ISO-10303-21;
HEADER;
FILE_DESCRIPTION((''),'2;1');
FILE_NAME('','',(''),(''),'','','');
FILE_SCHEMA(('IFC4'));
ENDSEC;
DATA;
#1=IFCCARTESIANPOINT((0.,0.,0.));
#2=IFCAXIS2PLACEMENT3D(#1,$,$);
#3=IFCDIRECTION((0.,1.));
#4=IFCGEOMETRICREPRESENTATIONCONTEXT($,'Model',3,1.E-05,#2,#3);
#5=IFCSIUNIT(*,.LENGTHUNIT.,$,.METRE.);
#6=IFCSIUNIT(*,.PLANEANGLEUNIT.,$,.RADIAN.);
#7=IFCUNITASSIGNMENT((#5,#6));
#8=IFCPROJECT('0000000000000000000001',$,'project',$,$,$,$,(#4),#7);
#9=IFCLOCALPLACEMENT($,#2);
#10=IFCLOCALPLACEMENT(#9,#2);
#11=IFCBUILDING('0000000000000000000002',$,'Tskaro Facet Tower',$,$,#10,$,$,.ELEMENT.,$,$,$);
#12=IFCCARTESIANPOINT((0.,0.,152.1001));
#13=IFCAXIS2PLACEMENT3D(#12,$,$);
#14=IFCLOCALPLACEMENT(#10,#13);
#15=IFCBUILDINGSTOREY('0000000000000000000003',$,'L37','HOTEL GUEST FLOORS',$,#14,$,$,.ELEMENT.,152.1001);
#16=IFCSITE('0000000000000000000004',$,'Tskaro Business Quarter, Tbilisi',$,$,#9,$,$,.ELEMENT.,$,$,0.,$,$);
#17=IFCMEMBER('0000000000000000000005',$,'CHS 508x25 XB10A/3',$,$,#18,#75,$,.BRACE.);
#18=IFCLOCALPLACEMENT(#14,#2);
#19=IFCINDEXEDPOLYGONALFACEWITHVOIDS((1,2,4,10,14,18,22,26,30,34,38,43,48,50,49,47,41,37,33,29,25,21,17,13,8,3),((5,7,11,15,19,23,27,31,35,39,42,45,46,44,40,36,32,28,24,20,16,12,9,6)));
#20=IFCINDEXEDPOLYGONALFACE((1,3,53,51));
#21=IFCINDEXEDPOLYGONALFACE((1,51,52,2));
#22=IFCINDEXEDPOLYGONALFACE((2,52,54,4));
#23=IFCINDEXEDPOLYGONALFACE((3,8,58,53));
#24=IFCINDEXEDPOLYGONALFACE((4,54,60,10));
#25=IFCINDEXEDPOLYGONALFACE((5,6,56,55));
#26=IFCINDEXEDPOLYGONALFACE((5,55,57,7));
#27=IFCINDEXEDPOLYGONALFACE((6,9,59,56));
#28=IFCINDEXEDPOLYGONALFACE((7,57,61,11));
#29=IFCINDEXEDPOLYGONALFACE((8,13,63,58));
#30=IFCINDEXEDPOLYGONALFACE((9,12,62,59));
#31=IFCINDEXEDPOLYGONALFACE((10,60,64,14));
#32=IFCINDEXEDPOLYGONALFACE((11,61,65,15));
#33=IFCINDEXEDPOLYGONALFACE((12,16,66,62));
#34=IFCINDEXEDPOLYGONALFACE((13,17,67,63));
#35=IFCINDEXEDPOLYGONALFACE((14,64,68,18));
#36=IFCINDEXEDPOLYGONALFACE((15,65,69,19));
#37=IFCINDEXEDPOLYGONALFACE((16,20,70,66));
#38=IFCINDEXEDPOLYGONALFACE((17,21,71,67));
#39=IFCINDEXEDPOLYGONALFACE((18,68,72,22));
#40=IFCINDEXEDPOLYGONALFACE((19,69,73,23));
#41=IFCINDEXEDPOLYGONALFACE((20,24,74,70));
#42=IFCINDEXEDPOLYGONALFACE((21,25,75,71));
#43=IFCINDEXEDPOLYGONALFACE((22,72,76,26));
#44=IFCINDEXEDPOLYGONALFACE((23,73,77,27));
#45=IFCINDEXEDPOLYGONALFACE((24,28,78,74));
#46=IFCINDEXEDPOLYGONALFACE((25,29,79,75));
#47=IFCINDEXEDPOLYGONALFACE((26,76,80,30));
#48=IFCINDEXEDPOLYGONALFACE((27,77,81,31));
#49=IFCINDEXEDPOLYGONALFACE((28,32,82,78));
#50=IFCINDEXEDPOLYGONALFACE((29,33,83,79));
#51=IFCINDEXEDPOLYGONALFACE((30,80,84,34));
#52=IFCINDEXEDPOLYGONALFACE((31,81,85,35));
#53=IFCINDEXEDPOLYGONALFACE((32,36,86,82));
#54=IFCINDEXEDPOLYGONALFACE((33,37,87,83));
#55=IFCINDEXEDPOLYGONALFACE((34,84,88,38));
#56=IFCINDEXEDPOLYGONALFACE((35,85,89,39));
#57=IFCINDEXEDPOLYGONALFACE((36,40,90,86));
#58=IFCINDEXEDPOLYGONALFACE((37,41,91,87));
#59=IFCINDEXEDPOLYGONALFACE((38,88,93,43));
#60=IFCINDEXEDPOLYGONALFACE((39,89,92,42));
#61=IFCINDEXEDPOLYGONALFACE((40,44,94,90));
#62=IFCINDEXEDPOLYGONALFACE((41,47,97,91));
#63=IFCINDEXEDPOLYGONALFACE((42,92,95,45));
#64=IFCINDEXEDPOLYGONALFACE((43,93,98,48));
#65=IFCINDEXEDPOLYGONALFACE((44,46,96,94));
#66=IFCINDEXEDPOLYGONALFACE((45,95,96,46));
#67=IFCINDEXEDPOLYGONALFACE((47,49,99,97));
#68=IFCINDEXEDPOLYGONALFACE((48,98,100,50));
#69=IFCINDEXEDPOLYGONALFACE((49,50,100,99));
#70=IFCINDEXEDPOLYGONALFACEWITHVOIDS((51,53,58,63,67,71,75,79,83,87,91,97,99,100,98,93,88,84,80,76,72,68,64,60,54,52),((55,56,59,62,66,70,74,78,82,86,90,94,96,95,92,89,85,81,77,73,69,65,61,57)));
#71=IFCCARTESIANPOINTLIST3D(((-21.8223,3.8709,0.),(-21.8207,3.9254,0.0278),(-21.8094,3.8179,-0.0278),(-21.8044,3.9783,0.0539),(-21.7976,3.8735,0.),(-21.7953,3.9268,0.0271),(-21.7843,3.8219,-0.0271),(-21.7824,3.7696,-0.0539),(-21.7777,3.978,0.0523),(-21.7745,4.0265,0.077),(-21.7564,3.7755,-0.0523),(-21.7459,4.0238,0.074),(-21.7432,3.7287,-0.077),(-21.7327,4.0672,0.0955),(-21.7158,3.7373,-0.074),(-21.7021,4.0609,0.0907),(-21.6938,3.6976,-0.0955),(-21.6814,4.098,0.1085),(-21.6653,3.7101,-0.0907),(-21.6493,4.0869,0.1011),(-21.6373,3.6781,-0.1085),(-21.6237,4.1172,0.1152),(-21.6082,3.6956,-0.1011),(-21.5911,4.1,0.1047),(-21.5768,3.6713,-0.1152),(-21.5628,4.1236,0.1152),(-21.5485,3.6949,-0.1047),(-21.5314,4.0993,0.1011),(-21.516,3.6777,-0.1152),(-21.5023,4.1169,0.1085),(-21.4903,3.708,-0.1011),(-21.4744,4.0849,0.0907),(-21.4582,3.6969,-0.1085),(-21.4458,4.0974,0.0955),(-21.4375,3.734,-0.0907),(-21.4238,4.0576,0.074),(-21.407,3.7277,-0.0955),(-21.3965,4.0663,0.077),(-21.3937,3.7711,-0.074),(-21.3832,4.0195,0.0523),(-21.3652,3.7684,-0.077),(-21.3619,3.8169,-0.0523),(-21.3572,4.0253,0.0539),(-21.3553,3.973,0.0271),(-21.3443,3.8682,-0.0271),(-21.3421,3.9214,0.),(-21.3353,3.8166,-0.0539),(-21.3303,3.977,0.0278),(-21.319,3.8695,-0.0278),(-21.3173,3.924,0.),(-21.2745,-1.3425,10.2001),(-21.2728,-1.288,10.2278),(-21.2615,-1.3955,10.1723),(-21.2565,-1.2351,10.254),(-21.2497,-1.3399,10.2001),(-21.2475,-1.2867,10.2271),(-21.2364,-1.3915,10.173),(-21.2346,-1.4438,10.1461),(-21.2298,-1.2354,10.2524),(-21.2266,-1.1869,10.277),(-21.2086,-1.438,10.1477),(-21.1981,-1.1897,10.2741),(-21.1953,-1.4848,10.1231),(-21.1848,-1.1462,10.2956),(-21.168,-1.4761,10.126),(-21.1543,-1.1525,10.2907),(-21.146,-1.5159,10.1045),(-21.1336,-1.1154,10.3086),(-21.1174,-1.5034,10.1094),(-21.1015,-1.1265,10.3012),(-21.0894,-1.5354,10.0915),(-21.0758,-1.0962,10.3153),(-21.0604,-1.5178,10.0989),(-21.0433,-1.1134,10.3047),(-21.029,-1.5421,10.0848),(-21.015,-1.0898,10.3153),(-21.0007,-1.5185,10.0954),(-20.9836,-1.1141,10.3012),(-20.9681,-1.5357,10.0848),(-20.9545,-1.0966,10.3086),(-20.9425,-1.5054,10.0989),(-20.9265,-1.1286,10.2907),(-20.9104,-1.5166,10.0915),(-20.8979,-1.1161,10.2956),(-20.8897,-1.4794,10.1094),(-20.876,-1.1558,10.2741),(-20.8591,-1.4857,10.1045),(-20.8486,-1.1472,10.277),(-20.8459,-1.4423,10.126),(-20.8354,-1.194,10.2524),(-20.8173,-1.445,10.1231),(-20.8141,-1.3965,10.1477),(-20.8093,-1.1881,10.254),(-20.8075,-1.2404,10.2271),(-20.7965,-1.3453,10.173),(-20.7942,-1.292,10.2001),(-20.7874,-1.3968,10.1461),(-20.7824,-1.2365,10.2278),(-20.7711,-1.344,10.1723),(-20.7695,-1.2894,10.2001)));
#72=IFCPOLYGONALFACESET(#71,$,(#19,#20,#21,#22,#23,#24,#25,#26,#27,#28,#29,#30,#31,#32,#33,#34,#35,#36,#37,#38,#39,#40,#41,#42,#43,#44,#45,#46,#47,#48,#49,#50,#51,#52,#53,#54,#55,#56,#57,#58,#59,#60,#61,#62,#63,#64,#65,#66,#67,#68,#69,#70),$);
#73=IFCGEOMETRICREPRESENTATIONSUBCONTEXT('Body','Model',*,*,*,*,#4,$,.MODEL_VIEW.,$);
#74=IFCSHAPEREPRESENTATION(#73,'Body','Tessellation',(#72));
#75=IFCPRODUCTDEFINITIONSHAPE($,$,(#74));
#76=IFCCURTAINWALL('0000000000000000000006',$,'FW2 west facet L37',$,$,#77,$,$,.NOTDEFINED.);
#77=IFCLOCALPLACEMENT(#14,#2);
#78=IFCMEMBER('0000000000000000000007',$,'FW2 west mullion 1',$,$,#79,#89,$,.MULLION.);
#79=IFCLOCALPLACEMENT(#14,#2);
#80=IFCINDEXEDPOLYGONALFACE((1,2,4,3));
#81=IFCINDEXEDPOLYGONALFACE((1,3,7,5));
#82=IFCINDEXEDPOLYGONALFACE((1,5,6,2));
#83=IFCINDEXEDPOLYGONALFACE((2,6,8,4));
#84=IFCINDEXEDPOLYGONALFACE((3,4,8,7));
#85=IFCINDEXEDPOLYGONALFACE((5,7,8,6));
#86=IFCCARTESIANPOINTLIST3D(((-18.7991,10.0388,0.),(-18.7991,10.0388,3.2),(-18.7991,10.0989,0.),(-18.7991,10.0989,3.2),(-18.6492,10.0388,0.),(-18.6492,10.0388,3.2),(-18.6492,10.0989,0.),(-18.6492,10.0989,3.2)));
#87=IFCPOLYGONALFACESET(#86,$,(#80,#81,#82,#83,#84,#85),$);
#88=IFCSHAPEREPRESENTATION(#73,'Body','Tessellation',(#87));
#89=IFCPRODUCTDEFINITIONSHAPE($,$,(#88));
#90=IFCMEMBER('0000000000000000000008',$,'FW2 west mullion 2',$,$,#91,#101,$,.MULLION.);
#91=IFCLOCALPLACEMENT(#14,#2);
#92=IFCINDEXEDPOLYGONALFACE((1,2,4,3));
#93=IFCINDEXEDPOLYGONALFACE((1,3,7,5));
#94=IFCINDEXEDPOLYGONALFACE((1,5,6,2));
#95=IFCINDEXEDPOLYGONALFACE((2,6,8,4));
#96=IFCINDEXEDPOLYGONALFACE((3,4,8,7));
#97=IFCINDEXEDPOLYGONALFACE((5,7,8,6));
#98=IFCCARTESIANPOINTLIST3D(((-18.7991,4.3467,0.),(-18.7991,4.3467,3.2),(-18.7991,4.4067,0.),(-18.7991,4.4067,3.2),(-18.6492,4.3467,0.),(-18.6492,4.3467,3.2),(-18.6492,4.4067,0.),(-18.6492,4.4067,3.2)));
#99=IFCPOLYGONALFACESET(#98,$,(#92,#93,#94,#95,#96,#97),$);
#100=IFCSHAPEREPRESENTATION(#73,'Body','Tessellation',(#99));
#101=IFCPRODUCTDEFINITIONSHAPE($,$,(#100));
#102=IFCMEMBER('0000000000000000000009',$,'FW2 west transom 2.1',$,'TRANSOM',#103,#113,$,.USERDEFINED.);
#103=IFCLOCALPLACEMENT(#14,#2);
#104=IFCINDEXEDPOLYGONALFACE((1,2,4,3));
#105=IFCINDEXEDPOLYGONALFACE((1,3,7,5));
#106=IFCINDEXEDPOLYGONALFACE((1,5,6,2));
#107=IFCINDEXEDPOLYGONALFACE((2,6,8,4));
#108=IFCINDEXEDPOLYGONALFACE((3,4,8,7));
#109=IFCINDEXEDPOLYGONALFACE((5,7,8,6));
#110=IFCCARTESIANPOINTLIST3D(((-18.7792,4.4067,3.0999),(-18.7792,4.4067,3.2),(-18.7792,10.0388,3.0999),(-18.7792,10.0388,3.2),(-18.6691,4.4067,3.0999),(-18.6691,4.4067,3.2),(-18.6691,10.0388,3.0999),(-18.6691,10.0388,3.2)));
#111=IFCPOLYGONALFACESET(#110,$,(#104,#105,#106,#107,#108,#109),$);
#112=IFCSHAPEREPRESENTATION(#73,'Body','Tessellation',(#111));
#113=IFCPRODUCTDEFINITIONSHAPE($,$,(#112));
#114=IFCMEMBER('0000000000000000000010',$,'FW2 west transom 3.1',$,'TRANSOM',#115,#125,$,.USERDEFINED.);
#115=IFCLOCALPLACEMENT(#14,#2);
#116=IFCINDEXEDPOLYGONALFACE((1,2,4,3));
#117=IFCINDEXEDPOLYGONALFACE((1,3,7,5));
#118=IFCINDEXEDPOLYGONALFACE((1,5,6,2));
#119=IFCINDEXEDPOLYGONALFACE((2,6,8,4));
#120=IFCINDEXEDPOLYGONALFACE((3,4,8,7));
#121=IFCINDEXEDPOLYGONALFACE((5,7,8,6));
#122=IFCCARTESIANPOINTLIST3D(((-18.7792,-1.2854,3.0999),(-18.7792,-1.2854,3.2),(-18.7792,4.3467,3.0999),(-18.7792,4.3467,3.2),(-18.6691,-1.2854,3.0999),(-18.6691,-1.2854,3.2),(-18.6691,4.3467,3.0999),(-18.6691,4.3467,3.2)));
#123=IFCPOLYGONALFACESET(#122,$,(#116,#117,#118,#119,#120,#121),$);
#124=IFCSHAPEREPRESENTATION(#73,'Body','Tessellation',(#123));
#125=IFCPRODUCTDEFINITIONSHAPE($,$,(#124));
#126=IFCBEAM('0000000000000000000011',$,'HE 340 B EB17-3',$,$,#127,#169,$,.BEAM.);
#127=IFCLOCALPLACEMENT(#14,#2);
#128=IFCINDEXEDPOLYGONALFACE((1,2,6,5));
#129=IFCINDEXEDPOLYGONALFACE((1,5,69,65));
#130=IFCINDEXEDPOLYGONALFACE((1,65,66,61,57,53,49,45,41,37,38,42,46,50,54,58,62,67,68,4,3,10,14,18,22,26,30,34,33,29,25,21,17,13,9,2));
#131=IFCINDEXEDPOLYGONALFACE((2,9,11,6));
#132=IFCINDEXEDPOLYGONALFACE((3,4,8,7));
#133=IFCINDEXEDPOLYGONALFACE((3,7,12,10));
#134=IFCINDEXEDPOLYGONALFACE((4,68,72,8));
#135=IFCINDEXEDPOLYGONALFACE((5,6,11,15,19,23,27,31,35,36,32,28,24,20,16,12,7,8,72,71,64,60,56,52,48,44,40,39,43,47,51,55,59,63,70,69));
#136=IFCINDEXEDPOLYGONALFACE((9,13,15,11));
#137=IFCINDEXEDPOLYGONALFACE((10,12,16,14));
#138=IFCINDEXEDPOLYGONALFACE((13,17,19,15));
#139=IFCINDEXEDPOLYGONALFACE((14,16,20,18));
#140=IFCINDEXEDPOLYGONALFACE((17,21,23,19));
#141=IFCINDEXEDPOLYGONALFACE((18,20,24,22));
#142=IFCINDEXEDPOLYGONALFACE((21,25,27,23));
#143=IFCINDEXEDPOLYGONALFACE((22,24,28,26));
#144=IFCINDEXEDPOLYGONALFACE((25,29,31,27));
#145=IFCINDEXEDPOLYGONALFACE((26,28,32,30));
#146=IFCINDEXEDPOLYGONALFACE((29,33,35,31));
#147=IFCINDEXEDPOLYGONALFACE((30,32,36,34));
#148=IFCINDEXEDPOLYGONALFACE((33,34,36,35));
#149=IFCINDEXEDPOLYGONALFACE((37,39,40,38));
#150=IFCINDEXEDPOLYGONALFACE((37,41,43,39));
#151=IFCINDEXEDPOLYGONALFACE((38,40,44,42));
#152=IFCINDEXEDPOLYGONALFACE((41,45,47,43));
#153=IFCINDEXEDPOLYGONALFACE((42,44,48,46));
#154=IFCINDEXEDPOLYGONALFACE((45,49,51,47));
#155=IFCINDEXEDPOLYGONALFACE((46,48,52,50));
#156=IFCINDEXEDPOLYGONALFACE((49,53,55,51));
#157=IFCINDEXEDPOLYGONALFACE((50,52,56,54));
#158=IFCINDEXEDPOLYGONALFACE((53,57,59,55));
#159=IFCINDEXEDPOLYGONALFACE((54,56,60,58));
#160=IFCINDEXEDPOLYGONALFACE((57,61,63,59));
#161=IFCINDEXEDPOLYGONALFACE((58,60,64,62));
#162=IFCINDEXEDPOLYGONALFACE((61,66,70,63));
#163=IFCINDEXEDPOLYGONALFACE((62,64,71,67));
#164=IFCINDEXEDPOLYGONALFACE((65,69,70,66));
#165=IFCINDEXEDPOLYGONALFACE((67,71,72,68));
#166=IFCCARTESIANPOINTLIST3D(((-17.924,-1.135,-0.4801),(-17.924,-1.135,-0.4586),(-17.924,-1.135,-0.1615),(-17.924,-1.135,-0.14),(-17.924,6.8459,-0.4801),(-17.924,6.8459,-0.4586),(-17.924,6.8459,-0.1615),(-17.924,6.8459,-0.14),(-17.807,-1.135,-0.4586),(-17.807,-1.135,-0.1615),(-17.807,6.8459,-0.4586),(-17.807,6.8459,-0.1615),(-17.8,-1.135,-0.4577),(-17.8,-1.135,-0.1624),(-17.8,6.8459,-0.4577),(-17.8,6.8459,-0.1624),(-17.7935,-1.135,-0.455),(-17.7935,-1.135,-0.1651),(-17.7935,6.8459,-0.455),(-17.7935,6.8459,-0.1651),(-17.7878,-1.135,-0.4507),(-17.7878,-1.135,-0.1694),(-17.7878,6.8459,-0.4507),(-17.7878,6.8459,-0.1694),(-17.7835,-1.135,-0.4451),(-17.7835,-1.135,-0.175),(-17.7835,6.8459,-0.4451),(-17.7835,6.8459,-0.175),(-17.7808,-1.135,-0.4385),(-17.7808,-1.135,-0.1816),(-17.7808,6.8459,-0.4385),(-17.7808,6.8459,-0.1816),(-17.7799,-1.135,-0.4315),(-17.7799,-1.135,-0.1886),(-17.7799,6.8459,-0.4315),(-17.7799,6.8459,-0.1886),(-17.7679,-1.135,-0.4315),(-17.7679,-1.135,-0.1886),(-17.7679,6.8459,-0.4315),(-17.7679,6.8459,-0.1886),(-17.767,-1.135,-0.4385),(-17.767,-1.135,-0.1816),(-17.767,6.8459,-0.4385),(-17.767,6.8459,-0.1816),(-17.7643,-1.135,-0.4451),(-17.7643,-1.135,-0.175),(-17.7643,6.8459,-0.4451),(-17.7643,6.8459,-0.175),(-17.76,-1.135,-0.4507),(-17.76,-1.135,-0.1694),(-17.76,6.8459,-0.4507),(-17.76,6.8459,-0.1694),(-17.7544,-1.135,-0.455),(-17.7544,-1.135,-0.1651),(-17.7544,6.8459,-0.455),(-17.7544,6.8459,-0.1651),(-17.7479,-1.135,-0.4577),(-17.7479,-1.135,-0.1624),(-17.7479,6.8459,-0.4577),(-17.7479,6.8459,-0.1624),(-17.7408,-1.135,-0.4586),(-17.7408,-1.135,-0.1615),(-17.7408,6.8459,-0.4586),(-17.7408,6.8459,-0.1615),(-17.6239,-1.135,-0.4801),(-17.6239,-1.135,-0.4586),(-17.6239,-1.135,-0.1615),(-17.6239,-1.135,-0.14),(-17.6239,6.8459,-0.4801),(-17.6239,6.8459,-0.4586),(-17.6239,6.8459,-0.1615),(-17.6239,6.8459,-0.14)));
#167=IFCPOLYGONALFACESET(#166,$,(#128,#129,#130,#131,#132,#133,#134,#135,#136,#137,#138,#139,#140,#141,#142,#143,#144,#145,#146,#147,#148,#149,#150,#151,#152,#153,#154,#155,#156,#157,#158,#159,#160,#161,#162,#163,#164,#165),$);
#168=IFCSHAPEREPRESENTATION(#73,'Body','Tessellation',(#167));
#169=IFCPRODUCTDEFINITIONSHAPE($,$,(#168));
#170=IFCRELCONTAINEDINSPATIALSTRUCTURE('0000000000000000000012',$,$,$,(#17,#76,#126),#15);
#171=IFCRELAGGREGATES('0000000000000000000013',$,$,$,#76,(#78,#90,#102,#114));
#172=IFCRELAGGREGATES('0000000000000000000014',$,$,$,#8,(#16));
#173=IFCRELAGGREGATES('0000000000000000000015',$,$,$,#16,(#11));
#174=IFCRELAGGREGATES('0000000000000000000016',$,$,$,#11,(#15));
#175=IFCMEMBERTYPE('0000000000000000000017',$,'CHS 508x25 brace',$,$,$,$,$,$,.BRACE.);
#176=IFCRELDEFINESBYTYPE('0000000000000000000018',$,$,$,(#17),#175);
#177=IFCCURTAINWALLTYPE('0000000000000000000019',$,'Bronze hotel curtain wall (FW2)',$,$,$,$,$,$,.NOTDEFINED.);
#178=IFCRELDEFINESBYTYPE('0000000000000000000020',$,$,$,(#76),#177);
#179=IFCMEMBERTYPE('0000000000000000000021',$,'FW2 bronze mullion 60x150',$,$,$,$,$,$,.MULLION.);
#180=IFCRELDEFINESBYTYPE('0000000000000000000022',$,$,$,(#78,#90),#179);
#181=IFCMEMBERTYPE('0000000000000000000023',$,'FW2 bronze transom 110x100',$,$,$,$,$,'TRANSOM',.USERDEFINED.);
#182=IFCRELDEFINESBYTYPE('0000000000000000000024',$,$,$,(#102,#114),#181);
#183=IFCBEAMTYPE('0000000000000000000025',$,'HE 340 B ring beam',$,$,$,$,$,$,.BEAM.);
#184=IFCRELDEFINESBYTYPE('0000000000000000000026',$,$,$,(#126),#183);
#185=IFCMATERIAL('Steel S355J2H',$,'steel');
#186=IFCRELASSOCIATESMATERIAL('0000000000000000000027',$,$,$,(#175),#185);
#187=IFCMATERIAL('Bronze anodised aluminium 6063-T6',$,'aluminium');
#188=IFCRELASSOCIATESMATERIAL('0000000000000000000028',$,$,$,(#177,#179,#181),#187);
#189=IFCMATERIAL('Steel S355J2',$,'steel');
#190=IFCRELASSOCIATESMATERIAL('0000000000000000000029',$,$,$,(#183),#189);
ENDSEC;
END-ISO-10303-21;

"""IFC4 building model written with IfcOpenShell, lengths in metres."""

from ifc_helpers import new_model, si_unit, direction, frame, origin, origin_2d, place, context, subcontext, project, spatial, rectangle, hollow_circle, i_section, extrude, material, material_profile, profile_set, type_object, element, aggregate, save


model = new_model("IFC4")

# Units and contexts
model_context = context("Model", 3, precision=1e-05, world=origin(), true_north=direction((0.0, 1.0)))
body_context = subcontext(model_context, "Body", "Model", "MODEL_VIEW")
ifc_project = project(units=[si_unit("LENGTHUNIT", "METRE"), si_unit("PLANEANGLEUNIT", "RADIAN")], contexts=[model_context])

# Site, building, storey
site_placement = place(None, origin())
site = spatial("IfcSite", under=ifc_project, at=site_placement, Name="Tskaro Business Quarter, Tbilisi", CompositionType="ELEMENT", RefElevation=0.0)
building_placement = place(site_placement, origin())
building = spatial("IfcBuilding", under=site, at=building_placement, Name="Tskaro Facet Tower", CompositionType="ELEMENT")
storey_placement = place(building_placement, frame((0.0, 0.0, 152.1001)))
storey = spatial("IfcBuildingStorey", under=building, at=storey_placement, Name="L37", Description="HOTEL GUEST FLOORS", CompositionType="ELEMENT", Elevation=152.1001)

# Shared definitions
ifc_material_1 = material(Name="Steel S355J2H", Category="steel")

# Member
ifc_material_profile_1 = material_profile(ifc_material_1, hollow_circle(Radius=0.2539, WallThickness=0.0249, at=origin_2d()), Name="CHS 508x25")
ifc_profile_set_1 = profile_set([ifc_material_profile_1], Name="Steel S355J2H")
member_type_1 = type_object("IfcMemberType", Name="CHS 508x25 brace", PredefinedType="BRACE", material=ifc_profile_set_1)
member_1_placement = place(storey_placement, frame((-21.5698, 3.8975, 0.0), z_axis=(0.047772, -0.454596, 0.889416), x_axis=(0.994524, 0.10451, 0.0)))
element("IfcMember", 1, at=member_1_placement, inside=storey, type_object=member_type_1, Name="CHS 508x25 XB10A/3", PredefinedType="BRACE", context=body_context, shape_type="SweptSolid", body=[
    extrude(hollow_circle(Radius=0.2539, WallThickness=0.0249, at=origin_2d()), origin(), (0.0, 0.0, 1.0), 11.4683),
])

# Curtain wall, members
ifc_material_2 = material(Name="Bronze anodised aluminium 6063-T6", Category="aluminium")
curtain_wall_type = type_object("IfcCurtainWallType", Name="Bronze hotel curtain wall (FW2)", PredefinedType="NOTDEFINED", material=ifc_material_2)
curtain_wall_placement = place(storey_placement, origin())
curtain_wall = element("IfcCurtainWall", 2, at=curtain_wall_placement, inside=storey, type_object=curtain_wall_type, Name="FW2 west facet L37", PredefinedType="NOTDEFINED")
ifc_material_profile_2 = material_profile(ifc_material_2, rectangle(XDim=0.0601, YDim=0.1499, at=origin_2d()), Name="Mullion 60x150")
ifc_profile_set_2 = profile_set([ifc_material_profile_2], Name="Bronze anodised aluminium 6063-T6")
member_type_2 = type_object("IfcMemberType", Name="FW2 bronze mullion 60x150", PredefinedType="MULLION", material=ifc_profile_set_2)
member_2_placement = place(storey_placement, frame((-18.7241, 10.0688, 0.0), z_axis=(0.0, 0.0, 1.0), x_axis=(0.0, -1.0, 0.0)))
member_2 = element("IfcMember", 3, at=member_2_placement, type_object=member_type_2, Name="FW2 west mullion 1", PredefinedType="MULLION", context=body_context, shape_type="SweptSolid", body=[
    extrude(rectangle(XDim=0.0601, YDim=0.1499, at=origin_2d()), origin(), (0.0, 0.0, 1.0), 3.2),
])
member_3_placement = place(storey_placement, frame((-18.7241, 4.3767, 0.0), z_axis=(0.0, 0.0, 1.0), x_axis=(0.0, -1.0, 0.0)))
member_3 = element("IfcMember", 4, at=member_3_placement, type_object=member_type_2, Name="FW2 west mullion 2", PredefinedType="MULLION", context=body_context, shape_type="SweptSolid", body=[
    extrude(rectangle(XDim=0.0601, YDim=0.1499, at=origin_2d()), origin(), (0.0, 0.0, 1.0), 3.2),
])
ifc_material_profile_3 = material_profile(ifc_material_2, rectangle(XDim=0.1101, YDim=0.1001, at=origin_2d()), Name="Transom 110x100")
ifc_profile_set_3 = profile_set([ifc_material_profile_3], Name="Bronze anodised aluminium 6063-T6")
member_type_3 = type_object("IfcMemberType", Name="FW2 bronze transom 110x100", ElementType="TRANSOM", PredefinedType="USERDEFINED", material=ifc_profile_set_3)
member_4_placement = place(storey_placement, frame((-18.7241, 10.0388, 3.1499), z_axis=(0.0, -1.0, 0.0), x_axis=(1.0, 0.0, 0.0)))
member_4 = element("IfcMember", 5, at=member_4_placement, type_object=member_type_3, Name="FW2 west transom 2.1", ObjectType="TRANSOM", PredefinedType="USERDEFINED", context=body_context, shape_type="SweptSolid", body=[
    extrude(rectangle(XDim=0.1101, YDim=0.1001, at=origin_2d()), origin(), (0.0, 0.0, 1.0), 5.6321),
])
member_5_placement = place(storey_placement, frame((-18.7241, 4.3467, 3.1499), z_axis=(0.0, -1.0, 0.0), x_axis=(1.0, 0.0, 0.0)))
member_5 = element("IfcMember", 6, at=member_5_placement, type_object=member_type_3, Name="FW2 west transom 3.1", ObjectType="TRANSOM", PredefinedType="USERDEFINED", context=body_context, shape_type="SweptSolid", body=[
    extrude(rectangle(XDim=0.1101, YDim=0.1001, at=origin_2d()), origin(), (0.0, 0.0, 1.0), 5.6321),
])

# Beam
ifc_material_3 = material(Name="Steel S355J2", Category="steel")
ifc_material_profile_4 = material_profile(ifc_material_3, i_section(OverallWidth=0.3, OverallDepth=0.3401, WebThickness=0.012, FlangeThickness=0.0215, FilletRadius=0.0271, at=origin_2d()), Name="HE 340 B")
ifc_profile_set_4 = profile_set([ifc_material_profile_4], Name="Steel S355J2")
beam_type_1 = type_object("IfcBeamType", Name="HE 340 B ring beam", PredefinedType="BEAM", material=ifc_profile_set_4)
beam_1_placement = place(storey_placement, frame((-17.7739, 6.8459, -0.3101), z_axis=(0.0, -1.0, 0.0), x_axis=(1.0, 0.0, 0.0)))
element("IfcBeam", 7, at=beam_1_placement, inside=storey, type_object=beam_type_1, Name="HE 340 B EB17-3", PredefinedType="BEAM", context=body_context, shape_type="SweptSolid", body=[
    extrude(i_section(OverallWidth=0.3, OverallDepth=0.3401, WebThickness=0.012, FlangeThickness=0.0215, FilletRadius=0.0271, at=origin_2d()), origin(), (0.0, 0.0, 1.0), 7.981),
])

aggregate(curtain_wall, [member_2, member_3, member_4, member_5])

save(model, "model.ifc")
